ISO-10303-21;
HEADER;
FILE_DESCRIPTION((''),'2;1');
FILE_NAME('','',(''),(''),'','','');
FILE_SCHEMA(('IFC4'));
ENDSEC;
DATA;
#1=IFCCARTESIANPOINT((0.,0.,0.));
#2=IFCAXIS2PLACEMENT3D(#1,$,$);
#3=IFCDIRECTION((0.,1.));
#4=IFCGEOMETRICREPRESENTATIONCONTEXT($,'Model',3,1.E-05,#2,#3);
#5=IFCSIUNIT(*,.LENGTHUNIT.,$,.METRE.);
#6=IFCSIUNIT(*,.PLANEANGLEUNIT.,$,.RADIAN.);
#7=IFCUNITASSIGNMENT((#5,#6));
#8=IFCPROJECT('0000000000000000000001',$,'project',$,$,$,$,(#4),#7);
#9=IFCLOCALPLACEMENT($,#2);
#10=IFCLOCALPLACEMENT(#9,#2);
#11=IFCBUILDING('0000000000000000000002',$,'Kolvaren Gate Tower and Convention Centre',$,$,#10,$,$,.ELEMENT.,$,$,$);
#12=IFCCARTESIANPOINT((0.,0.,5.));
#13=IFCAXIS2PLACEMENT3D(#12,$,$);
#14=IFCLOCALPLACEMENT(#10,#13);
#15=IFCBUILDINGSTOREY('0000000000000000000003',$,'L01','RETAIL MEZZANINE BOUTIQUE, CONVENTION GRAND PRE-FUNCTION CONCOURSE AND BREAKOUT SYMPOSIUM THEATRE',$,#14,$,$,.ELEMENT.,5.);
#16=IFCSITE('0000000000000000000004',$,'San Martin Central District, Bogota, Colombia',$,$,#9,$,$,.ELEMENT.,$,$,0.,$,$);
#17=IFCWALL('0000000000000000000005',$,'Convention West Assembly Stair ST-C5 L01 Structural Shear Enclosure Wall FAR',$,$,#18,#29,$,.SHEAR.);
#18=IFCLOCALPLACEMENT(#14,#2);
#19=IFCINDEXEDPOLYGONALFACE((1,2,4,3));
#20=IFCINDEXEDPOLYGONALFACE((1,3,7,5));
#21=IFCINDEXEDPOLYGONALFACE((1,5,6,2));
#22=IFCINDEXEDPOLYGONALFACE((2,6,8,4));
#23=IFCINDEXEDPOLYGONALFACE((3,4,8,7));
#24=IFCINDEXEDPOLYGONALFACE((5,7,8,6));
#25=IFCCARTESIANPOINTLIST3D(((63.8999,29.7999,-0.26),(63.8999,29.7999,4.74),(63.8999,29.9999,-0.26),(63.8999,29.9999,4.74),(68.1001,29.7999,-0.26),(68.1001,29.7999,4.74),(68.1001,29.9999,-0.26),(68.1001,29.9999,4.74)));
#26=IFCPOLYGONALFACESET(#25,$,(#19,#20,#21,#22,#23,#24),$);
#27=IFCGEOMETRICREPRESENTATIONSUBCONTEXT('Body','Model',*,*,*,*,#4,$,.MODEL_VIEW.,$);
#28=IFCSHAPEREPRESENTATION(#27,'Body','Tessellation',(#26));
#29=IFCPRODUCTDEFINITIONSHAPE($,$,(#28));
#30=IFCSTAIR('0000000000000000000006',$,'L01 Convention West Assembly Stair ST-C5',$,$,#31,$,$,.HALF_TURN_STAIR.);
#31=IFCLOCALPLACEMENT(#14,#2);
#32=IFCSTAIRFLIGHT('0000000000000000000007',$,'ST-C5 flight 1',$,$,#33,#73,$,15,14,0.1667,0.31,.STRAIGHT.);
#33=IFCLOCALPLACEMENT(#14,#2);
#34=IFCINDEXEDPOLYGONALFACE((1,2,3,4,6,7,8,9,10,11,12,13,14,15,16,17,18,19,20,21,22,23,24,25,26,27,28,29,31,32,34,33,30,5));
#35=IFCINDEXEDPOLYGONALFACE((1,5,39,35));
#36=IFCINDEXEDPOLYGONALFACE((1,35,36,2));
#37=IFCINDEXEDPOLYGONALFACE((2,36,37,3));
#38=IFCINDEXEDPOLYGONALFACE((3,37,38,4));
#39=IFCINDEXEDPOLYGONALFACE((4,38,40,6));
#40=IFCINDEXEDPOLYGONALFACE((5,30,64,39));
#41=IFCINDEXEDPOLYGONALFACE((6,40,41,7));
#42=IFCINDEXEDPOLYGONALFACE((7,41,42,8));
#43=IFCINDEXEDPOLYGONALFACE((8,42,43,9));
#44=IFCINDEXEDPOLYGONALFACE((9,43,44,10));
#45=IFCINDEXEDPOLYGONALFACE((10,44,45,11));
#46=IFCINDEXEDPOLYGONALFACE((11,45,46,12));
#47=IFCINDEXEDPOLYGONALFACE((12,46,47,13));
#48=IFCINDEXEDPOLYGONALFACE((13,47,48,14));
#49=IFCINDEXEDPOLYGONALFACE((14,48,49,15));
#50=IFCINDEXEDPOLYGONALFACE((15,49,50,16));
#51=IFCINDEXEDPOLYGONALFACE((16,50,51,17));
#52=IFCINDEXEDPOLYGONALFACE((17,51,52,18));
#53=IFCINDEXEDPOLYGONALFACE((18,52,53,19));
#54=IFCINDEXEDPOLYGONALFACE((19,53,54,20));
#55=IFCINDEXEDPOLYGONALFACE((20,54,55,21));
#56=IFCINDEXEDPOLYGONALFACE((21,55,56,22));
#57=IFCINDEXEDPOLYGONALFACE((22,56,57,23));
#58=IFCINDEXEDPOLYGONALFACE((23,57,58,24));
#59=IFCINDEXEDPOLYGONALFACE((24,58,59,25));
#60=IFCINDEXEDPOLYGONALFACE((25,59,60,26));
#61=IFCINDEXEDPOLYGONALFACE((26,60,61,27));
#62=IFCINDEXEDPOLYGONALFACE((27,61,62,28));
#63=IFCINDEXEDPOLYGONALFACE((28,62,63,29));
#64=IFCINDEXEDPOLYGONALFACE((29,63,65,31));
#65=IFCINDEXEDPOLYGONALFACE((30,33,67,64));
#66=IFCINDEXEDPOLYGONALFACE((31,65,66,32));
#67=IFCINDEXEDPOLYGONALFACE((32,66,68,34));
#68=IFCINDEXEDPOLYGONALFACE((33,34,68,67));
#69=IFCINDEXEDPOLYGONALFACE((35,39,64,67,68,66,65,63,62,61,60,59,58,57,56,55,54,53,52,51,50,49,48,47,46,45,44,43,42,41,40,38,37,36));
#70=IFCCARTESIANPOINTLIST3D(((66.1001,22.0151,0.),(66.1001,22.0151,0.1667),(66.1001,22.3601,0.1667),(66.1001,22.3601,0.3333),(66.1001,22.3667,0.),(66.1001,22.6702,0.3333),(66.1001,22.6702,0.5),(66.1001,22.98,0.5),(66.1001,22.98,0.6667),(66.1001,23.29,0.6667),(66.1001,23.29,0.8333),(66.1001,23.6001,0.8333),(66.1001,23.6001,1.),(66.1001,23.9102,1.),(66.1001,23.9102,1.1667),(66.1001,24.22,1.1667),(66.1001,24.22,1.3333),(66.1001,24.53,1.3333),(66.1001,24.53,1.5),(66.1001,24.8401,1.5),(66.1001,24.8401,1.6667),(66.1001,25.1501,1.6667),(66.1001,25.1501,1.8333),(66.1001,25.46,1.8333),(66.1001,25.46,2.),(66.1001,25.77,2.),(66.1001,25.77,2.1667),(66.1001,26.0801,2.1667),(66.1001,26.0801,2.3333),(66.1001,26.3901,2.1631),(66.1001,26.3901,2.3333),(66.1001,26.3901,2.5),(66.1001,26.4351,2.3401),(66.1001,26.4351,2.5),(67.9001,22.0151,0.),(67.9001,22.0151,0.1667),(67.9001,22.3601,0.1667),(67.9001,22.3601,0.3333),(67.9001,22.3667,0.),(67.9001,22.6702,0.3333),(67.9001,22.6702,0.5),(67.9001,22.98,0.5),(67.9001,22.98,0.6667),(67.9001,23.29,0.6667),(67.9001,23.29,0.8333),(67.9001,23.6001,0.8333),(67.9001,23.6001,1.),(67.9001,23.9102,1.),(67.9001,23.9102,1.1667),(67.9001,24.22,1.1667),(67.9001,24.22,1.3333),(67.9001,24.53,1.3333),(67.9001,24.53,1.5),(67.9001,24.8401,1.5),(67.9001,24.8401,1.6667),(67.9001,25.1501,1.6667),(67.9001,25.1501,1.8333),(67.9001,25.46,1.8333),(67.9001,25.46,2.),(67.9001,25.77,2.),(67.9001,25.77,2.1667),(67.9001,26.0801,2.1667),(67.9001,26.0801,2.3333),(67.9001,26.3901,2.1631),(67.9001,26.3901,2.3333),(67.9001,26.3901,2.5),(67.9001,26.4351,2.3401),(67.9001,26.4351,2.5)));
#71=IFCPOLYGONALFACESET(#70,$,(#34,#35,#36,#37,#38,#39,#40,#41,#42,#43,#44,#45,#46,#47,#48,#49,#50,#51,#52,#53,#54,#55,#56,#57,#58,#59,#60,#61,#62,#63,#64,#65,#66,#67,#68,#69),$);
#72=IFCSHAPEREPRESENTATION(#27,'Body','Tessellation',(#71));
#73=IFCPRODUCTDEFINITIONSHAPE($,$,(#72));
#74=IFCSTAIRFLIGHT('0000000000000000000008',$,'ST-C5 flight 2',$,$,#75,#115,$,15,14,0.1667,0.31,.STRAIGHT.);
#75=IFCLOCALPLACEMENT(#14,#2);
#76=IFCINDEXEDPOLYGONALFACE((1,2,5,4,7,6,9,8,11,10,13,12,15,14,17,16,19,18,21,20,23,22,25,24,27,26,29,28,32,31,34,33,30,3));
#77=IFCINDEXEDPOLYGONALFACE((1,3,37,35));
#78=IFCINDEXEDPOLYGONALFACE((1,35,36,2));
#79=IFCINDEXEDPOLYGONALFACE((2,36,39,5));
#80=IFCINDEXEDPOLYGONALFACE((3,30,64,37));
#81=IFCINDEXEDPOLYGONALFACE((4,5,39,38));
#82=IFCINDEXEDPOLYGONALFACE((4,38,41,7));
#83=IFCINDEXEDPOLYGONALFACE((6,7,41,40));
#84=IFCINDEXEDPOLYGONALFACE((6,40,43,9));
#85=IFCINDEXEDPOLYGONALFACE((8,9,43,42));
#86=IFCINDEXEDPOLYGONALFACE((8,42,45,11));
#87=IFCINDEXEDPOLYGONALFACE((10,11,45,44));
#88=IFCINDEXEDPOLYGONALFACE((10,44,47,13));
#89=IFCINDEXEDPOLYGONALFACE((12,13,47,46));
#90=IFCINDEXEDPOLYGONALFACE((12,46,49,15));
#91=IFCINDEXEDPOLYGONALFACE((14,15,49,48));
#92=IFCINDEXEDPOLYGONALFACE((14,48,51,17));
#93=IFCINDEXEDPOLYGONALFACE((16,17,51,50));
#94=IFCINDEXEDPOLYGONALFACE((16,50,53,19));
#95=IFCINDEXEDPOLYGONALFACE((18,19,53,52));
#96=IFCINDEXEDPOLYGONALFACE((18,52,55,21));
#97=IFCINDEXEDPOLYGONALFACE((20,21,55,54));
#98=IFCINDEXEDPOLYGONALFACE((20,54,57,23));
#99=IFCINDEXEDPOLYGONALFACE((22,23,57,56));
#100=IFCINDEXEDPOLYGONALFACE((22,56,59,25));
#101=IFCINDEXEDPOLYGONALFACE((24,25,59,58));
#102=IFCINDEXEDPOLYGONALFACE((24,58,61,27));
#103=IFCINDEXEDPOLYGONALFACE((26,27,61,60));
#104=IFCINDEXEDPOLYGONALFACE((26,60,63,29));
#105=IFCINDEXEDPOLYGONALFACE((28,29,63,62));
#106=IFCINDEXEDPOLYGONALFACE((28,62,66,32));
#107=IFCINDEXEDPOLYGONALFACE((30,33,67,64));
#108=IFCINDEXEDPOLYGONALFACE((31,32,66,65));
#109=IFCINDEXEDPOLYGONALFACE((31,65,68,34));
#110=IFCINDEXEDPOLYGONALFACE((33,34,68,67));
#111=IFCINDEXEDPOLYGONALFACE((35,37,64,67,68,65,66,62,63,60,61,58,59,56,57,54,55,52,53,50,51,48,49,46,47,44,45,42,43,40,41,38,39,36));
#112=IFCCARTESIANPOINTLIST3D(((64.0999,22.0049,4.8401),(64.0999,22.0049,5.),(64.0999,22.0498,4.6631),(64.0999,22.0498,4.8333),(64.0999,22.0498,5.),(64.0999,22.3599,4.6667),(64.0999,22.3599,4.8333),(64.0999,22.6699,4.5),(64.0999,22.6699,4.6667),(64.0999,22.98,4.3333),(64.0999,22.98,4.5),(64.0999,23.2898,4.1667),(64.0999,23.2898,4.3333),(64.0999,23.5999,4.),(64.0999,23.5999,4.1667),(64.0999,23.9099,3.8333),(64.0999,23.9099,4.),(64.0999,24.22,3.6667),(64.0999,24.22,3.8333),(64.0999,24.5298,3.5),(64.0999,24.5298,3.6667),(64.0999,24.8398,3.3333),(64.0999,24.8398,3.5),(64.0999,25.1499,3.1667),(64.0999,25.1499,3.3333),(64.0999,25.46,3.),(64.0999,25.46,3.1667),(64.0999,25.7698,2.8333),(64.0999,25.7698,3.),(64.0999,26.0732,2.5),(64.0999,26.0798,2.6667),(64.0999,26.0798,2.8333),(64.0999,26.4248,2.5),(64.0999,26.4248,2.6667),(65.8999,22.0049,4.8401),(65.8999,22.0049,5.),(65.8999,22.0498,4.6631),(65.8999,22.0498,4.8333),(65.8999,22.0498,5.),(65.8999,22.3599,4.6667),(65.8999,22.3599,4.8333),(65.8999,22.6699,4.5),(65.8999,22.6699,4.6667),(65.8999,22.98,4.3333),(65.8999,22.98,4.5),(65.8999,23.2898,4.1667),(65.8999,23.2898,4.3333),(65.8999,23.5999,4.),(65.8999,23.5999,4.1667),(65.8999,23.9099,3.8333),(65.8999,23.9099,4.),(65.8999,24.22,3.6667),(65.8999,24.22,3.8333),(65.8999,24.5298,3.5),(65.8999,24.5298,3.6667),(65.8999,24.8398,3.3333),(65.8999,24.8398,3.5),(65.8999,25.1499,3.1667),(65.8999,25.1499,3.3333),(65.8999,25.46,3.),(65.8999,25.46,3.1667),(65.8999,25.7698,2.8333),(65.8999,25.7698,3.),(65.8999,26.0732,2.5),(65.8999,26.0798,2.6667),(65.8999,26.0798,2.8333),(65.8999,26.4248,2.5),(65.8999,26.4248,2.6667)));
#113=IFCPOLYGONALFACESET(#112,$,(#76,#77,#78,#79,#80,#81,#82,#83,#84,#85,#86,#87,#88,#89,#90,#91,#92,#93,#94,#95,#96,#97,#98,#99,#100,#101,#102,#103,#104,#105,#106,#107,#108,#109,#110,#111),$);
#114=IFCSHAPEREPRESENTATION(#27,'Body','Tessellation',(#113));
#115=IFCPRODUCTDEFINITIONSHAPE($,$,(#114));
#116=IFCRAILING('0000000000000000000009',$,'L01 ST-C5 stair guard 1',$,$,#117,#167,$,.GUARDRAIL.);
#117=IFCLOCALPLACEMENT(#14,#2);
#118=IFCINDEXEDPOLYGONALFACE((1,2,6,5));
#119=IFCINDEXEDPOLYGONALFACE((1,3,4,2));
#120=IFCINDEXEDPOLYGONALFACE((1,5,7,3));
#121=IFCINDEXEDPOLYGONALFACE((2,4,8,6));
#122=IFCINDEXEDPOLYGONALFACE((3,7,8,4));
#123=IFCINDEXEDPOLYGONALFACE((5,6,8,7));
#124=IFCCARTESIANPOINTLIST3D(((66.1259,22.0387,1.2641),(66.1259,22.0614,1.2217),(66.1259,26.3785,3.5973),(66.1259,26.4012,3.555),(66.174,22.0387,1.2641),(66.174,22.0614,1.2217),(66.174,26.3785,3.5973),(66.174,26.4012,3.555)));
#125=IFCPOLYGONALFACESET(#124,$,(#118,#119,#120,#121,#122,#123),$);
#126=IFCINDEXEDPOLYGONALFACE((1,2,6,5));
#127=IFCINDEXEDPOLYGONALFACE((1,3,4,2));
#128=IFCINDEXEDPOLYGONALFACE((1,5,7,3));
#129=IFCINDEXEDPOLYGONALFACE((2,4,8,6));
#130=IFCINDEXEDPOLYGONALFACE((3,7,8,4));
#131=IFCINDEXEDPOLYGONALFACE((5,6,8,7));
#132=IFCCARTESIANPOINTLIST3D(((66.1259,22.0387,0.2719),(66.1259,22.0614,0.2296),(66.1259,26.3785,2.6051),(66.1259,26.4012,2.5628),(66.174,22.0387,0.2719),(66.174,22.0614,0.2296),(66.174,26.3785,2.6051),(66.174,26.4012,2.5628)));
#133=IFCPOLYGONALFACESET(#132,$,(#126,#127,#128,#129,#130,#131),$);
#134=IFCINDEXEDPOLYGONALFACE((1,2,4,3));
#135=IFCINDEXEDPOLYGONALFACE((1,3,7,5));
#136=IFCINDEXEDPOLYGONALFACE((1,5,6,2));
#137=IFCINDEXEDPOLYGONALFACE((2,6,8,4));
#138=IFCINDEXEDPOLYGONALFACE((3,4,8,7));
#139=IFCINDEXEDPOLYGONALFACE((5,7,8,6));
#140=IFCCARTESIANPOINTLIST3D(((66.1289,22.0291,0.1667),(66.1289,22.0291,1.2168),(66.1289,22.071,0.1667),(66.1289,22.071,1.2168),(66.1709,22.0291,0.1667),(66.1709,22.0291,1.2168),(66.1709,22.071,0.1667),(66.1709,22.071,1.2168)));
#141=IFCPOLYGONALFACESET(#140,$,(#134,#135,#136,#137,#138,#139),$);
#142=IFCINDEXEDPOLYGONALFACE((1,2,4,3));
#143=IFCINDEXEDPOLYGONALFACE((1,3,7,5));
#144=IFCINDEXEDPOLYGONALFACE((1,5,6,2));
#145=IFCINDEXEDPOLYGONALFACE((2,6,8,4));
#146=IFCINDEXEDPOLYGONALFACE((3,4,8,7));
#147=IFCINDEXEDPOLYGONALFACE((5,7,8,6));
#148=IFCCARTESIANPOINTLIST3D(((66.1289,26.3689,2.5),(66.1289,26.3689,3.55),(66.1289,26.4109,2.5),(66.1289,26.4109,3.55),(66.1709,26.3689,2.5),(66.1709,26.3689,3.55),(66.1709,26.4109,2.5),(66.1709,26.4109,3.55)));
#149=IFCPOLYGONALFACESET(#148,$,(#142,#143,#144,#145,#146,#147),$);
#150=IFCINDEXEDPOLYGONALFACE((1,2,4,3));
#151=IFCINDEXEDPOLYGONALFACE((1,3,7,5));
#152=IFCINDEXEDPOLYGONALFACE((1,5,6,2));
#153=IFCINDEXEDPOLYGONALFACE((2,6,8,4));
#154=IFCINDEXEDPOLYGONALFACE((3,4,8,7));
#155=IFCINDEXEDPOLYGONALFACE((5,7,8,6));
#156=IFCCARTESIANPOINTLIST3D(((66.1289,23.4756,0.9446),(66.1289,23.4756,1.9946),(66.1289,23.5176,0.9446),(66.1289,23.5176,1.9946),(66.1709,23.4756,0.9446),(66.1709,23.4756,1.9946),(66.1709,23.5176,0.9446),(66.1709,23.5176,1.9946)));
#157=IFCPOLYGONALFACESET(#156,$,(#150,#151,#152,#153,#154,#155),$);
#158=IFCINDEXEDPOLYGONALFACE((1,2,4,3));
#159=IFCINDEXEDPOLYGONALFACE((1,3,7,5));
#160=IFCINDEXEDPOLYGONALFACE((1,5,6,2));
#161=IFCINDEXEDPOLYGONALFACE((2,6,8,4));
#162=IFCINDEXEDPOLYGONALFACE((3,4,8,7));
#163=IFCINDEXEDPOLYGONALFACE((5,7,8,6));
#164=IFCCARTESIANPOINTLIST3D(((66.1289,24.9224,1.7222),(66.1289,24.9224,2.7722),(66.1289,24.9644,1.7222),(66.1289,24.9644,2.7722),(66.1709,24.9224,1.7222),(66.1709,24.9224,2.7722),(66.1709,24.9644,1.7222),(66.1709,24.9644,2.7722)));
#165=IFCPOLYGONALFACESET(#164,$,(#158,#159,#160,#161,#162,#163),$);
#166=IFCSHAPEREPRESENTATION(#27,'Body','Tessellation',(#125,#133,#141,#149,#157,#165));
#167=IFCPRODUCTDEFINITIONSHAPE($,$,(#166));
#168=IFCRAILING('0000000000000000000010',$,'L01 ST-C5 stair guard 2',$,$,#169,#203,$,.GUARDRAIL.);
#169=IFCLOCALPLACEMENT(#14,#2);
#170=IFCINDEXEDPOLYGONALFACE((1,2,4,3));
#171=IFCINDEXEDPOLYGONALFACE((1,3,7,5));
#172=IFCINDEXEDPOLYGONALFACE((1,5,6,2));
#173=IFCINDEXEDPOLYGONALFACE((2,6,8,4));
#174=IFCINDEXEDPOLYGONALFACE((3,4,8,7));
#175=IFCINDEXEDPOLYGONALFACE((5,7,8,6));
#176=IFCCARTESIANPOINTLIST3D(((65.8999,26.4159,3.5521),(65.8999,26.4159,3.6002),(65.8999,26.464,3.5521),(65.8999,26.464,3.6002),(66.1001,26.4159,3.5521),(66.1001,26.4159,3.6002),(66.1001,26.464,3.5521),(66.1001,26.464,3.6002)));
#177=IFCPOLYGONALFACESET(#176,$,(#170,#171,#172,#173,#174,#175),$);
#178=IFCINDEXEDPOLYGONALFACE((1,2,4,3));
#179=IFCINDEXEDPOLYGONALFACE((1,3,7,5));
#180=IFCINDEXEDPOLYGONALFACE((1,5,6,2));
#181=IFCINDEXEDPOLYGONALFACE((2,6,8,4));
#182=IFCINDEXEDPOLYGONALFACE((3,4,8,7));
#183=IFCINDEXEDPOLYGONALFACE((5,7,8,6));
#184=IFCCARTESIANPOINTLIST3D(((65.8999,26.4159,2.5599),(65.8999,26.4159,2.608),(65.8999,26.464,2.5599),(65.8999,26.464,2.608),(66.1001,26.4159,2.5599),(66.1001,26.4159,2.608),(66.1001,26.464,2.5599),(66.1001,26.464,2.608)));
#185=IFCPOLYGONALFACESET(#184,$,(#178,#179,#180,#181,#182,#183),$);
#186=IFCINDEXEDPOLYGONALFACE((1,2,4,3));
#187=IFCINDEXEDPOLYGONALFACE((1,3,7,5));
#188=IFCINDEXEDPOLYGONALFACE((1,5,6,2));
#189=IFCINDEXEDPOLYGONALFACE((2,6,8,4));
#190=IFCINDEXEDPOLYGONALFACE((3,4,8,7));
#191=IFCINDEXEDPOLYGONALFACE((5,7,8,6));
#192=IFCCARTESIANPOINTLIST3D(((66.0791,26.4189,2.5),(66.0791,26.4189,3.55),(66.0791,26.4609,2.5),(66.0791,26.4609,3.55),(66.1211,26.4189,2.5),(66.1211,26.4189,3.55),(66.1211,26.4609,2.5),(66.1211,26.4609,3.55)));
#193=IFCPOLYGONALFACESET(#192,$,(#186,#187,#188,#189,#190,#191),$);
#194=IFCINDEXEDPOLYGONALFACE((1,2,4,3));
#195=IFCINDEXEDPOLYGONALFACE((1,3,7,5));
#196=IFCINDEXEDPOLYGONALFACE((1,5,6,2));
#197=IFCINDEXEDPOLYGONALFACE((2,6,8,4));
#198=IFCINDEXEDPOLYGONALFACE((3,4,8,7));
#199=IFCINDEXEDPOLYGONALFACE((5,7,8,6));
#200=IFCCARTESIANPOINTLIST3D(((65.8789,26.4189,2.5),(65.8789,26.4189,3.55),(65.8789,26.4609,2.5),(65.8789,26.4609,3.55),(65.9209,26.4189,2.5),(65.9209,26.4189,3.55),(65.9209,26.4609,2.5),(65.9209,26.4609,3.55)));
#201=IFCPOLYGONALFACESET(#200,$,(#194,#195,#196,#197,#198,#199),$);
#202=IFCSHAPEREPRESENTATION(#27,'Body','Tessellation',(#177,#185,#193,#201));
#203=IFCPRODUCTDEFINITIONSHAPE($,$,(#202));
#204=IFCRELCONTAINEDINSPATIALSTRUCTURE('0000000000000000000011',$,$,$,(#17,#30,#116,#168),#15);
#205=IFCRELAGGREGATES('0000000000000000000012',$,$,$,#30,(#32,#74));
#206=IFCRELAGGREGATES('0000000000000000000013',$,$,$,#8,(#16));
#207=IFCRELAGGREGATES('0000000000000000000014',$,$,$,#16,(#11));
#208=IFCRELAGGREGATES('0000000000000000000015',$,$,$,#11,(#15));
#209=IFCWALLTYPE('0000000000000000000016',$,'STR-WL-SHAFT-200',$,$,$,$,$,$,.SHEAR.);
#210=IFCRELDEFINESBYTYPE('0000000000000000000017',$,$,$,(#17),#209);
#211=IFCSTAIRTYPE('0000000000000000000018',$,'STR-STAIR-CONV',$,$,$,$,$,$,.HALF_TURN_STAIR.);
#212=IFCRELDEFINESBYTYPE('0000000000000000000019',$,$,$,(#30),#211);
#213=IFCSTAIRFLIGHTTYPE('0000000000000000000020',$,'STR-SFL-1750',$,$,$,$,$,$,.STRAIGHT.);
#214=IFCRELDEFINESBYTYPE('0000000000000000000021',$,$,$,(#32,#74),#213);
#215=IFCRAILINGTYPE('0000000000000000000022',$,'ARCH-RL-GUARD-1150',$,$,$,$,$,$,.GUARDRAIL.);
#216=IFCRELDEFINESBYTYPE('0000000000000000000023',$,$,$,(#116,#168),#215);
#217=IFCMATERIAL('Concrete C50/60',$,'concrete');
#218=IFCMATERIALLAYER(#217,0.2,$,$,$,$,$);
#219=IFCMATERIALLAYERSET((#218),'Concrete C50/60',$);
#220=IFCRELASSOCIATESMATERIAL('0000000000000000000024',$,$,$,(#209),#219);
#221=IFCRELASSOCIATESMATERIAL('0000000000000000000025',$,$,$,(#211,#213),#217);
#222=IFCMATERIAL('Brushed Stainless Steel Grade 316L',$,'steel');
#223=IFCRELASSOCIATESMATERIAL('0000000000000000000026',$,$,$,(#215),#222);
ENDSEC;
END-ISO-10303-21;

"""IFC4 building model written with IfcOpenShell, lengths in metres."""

from ifc_helpers import new_model, si_unit, direction, frame, frame_2d, origin, origin_2d, place, context, subcontext, project, spatial, polyline, rectangle, outline, extrude, material, layer, layer_set, type_object, element, aggregate, save


model = new_model("IFC4")

# Units and contexts
model_context = context("Model", 3, precision=1e-05, world=origin(), true_north=direction((0.0, 1.0)))
body_context = subcontext(model_context, "Body", "Model", "MODEL_VIEW")
ifc_project = project(units=[si_unit("LENGTHUNIT", "METRE"), si_unit("PLANEANGLEUNIT", "RADIAN")], contexts=[model_context])

# Site, building, storey
site_placement = place(None, origin())
site = spatial("IfcSite", under=ifc_project, at=site_placement, Name="San Martin Central District, Bogota, Colombia", CompositionType="ELEMENT", RefElevation=0.0)
building_placement = place(site_placement, origin())
building = spatial("IfcBuilding", under=site, at=building_placement, Name="Kolvaren Gate Tower and Convention Centre", CompositionType="ELEMENT")
storey_placement = place(building_placement, frame((0.0, 0.0, 5.0)))
storey = spatial("IfcBuildingStorey", under=building, at=storey_placement, Name="L01", Description="RETAIL MEZZANINE BOUTIQUE, CONVENTION GRAND PRE-FUNCTION CONCOURSE AND BREAKOUT SYMPOSIUM THEATRE", CompositionType="ELEMENT", Elevation=5.0)

# Wall
ifc_material_1 = material(Name="Concrete C50/60", Category="concrete")
ifc_layer_1 = layer(ifc_material_1, 0.2)
ifc_layer_set_1 = layer_set([ifc_layer_1], Name="Concrete C50/60")
wall_type_1 = type_object("IfcWallType", Name="STR-WL-SHAFT-200", PredefinedType="SHEAR", material=ifc_layer_set_1)
wall_1_placement = place(storey_placement, frame((63.8999, 29.8999, -0.26), z_axis=(0.0, 0.0, 1.0), x_axis=(1.0, 0.0, 0.0)))
element("IfcWall", 1, at=wall_1_placement, inside=storey, type_object=wall_type_1, Name="Convention West Assembly Stair ST-C5 L01 Structural Shear Enclosure Wall FAR", PredefinedType="SHEAR", context=body_context, shape_type="SweptSolid", body=[
    extrude(rectangle(XDim=4.2002, YDim=0.2, at=frame_2d((2.1001, 0.0))), origin(), (0.0, 0.0, 1.0), 5.0),
])

# Stair, stair flights
stair_type = type_object("IfcStairType", Name="STR-STAIR-CONV", PredefinedType="HALF_TURN_STAIR", material=ifc_material_1)
stair_placement = place(storey_placement, origin())
stair = element("IfcStair", 2, at=stair_placement, inside=storey, type_object=stair_type, Name="L01 Convention West Assembly Stair ST-C5", PredefinedType="HALF_TURN_STAIR")
stair_flight_type = type_object("IfcStairFlightType", Name="STR-SFL-1750", PredefinedType="STRAIGHT", material=ifc_material_1)
stair_flight_1_placement = place(storey_placement, frame((67.0, 22.05, 0.0), z_axis=(0.0, 0.0, 1.0), x_axis=(0.0, 1.0, 0.0)))
stair_flight_1 = element("IfcStairFlight", 3, at=stair_flight_1_placement, type_object=stair_flight_type, Name="ST-C5 flight 1", NumberOfRisers=15, NumberOfTreads=14, PredefinedType="STRAIGHT", RiserHeight=0.1667, TreadLength=0.31, context=body_context, shape_type="SweptSolid", body=[
    extrude(outline(polyline([(-0.0349, 0.0), (-0.0349, 0.1667), (0.3101, 0.1667), (0.3101, 0.3333), (0.6201, 0.3333), (0.6201, 0.5), (0.9299, 0.5), (0.9299, 0.6667), (1.24, 0.6667), (1.24, 0.8333), (1.55, 0.8333), (1.55, 1.0), (1.8601, 1.0), (1.8601, 1.1667), (2.1699, 1.1667), (2.1699, 1.3333), (2.48, 1.3333), (2.48, 1.5), (2.79, 1.5), (2.79, 1.6667), (3.1001, 1.6667), (3.1001, 1.8333), (3.4099, 1.8333), (3.4099, 2.0), (3.72, 2.0), (3.72, 2.1667), (4.03, 2.1667), (4.03, 2.3333), (4.3401, 2.3333), (4.3401, 2.5), (4.385, 2.5), (4.385, 2.3401), (4.3401, 2.1631), (0.3167, 0.0), (-0.0349, 0.0)])), frame((0.0, 0.8999, 0.0), z_axis=(0.0, -1.0, 0.0), x_axis=(1.0, 0.0, 0.0)), (0.0, 0.0, 1.0), 1.8),
])
stair_flight_2_placement = place(storey_placement, frame((65.0, 26.3899, 2.5), z_axis=(0.0, 0.0, 1.0), x_axis=(0.0, -1.0, 0.0)))
stair_flight_2 = element("IfcStairFlight", 4, at=stair_flight_2_placement, type_object=stair_flight_type, Name="ST-C5 flight 2", NumberOfRisers=15, NumberOfTreads=14, PredefinedType="STRAIGHT", RiserHeight=0.1667, TreadLength=0.31, context=body_context, shape_type="SweptSolid", body=[
    extrude(outline(polyline([(-0.0349, 0.0), (-0.0349, 0.1667), (0.3101, 0.1667), (0.3101, 0.3333), (0.6201, 0.3333), (0.6201, 0.5), (0.9299, 0.5), (0.9299, 0.6667), (1.24, 0.6667), (1.24, 0.8333), (1.55, 0.8333), (1.55, 1.0), (1.8601, 1.0), (1.8601, 1.1667), (2.1699, 1.1667), (2.1699, 1.3333), (2.48, 1.3333), (2.48, 1.5), (2.79, 1.5), (2.79, 1.6667), (3.1001, 1.6667), (3.1001, 1.8333), (3.4099, 1.8333), (3.4099, 2.0), (3.72, 2.0), (3.72, 2.1667), (4.03, 2.1667), (4.03, 2.3333), (4.3401, 2.3333), (4.3401, 2.5), (4.385, 2.5), (4.385, 2.3401), (4.3401, 2.1631), (0.3167, 0.0), (-0.0349, 0.0)])), frame((0.0, 0.8999, 0.0), z_axis=(0.0, -1.0, 0.0), x_axis=(1.0, 0.0, 0.0)), (0.0, 0.0, 1.0), 1.8),
])
aggregate(stair, [stair_flight_1, stair_flight_2])

# Railings
ifc_material_2 = material(Name="Brushed Stainless Steel Grade 316L", Category="steel")
railing_type_1 = type_object("IfcRailingType", Name="ARCH-RL-GUARD-1150", PredefinedType="GUARDRAIL", material=ifc_material_2)
railing_1_placement = place(storey_placement, frame((66.1499, 22.05, 0.1667)))
element("IfcRailing", 5, at=railing_1_placement, inside=storey, type_object=railing_type_1, Name="L01 ST-C5 stair guard 1", PredefinedType="GUARDRAIL", context=body_context, shape_type="SweptSolid", body=[
    extrude(rectangle(XDim=0.0481, YDim=0.0481, at=origin_2d()), frame((0.0, 0.0, 1.0762), z_axis=(0.0, 0.880775, 0.473535), x_axis=(-1.0, 0.0, 0.0)), (0.0, 0.0, 1.0), 4.9272),
    extrude(rectangle(XDim=0.0481, YDim=0.0481, at=origin_2d()), frame((0.0, 0.0, 0.084), z_axis=(0.0, 0.880775, 0.473535), x_axis=(-1.0, 0.0, 0.0)), (0.0, 0.0, 1.0), 4.9272),
    extrude(rectangle(XDim=0.042, YDim=0.042, at=origin_2d()), origin(), (0.0, 0.0, 1.0), 1.05),
    extrude(rectangle(XDim=0.042, YDim=0.042, at=origin_2d()), frame((0.0, 4.3398, 2.3333)), (0.0, 0.0, 1.0), 1.05),
    extrude(rectangle(XDim=0.042, YDim=0.042, at=origin_2d()), frame((0.0, 1.4465, 0.7778)), (0.0, 0.0, 1.0), 1.05),
    extrude(rectangle(XDim=0.042, YDim=0.042, at=origin_2d()), frame((0.0, 2.8933, 1.5554)), (0.0, 0.0, 1.0), 1.05),
])
railing_2_placement = place(storey_placement, frame((66.1001, 26.4399, 2.5)))
element("IfcRailing", 6, at=railing_2_placement, inside=storey, type_object=railing_type_1, Name="L01 ST-C5 stair guard 2", PredefinedType="GUARDRAIL", context=body_context, shape_type="SweptSolid", body=[
    extrude(rectangle(XDim=0.0481, YDim=0.0481, at=origin_2d()), frame((0.0, 0.0, 1.0762), z_axis=(-1.0, 0.0, 0.0), x_axis=(0.0, -1.0, 0.0)), (0.0, 0.0, 1.0), 0.2002),
    extrude(rectangle(XDim=0.0481, YDim=0.0481, at=origin_2d()), frame((0.0, 0.0, 0.084), z_axis=(-1.0, 0.0, 0.0), x_axis=(0.0, -1.0, 0.0)), (0.0, 0.0, 1.0), 0.2002),
    extrude(rectangle(XDim=0.042, YDim=0.042, at=origin_2d()), origin(), (0.0, 0.0, 1.0), 1.05),
    extrude(rectangle(XDim=0.042, YDim=0.042, at=origin_2d()), frame((-0.2002, 0.0, 0.0)), (0.0, 0.0, 1.0), 1.05),
])

save(model, "model.ifc")
